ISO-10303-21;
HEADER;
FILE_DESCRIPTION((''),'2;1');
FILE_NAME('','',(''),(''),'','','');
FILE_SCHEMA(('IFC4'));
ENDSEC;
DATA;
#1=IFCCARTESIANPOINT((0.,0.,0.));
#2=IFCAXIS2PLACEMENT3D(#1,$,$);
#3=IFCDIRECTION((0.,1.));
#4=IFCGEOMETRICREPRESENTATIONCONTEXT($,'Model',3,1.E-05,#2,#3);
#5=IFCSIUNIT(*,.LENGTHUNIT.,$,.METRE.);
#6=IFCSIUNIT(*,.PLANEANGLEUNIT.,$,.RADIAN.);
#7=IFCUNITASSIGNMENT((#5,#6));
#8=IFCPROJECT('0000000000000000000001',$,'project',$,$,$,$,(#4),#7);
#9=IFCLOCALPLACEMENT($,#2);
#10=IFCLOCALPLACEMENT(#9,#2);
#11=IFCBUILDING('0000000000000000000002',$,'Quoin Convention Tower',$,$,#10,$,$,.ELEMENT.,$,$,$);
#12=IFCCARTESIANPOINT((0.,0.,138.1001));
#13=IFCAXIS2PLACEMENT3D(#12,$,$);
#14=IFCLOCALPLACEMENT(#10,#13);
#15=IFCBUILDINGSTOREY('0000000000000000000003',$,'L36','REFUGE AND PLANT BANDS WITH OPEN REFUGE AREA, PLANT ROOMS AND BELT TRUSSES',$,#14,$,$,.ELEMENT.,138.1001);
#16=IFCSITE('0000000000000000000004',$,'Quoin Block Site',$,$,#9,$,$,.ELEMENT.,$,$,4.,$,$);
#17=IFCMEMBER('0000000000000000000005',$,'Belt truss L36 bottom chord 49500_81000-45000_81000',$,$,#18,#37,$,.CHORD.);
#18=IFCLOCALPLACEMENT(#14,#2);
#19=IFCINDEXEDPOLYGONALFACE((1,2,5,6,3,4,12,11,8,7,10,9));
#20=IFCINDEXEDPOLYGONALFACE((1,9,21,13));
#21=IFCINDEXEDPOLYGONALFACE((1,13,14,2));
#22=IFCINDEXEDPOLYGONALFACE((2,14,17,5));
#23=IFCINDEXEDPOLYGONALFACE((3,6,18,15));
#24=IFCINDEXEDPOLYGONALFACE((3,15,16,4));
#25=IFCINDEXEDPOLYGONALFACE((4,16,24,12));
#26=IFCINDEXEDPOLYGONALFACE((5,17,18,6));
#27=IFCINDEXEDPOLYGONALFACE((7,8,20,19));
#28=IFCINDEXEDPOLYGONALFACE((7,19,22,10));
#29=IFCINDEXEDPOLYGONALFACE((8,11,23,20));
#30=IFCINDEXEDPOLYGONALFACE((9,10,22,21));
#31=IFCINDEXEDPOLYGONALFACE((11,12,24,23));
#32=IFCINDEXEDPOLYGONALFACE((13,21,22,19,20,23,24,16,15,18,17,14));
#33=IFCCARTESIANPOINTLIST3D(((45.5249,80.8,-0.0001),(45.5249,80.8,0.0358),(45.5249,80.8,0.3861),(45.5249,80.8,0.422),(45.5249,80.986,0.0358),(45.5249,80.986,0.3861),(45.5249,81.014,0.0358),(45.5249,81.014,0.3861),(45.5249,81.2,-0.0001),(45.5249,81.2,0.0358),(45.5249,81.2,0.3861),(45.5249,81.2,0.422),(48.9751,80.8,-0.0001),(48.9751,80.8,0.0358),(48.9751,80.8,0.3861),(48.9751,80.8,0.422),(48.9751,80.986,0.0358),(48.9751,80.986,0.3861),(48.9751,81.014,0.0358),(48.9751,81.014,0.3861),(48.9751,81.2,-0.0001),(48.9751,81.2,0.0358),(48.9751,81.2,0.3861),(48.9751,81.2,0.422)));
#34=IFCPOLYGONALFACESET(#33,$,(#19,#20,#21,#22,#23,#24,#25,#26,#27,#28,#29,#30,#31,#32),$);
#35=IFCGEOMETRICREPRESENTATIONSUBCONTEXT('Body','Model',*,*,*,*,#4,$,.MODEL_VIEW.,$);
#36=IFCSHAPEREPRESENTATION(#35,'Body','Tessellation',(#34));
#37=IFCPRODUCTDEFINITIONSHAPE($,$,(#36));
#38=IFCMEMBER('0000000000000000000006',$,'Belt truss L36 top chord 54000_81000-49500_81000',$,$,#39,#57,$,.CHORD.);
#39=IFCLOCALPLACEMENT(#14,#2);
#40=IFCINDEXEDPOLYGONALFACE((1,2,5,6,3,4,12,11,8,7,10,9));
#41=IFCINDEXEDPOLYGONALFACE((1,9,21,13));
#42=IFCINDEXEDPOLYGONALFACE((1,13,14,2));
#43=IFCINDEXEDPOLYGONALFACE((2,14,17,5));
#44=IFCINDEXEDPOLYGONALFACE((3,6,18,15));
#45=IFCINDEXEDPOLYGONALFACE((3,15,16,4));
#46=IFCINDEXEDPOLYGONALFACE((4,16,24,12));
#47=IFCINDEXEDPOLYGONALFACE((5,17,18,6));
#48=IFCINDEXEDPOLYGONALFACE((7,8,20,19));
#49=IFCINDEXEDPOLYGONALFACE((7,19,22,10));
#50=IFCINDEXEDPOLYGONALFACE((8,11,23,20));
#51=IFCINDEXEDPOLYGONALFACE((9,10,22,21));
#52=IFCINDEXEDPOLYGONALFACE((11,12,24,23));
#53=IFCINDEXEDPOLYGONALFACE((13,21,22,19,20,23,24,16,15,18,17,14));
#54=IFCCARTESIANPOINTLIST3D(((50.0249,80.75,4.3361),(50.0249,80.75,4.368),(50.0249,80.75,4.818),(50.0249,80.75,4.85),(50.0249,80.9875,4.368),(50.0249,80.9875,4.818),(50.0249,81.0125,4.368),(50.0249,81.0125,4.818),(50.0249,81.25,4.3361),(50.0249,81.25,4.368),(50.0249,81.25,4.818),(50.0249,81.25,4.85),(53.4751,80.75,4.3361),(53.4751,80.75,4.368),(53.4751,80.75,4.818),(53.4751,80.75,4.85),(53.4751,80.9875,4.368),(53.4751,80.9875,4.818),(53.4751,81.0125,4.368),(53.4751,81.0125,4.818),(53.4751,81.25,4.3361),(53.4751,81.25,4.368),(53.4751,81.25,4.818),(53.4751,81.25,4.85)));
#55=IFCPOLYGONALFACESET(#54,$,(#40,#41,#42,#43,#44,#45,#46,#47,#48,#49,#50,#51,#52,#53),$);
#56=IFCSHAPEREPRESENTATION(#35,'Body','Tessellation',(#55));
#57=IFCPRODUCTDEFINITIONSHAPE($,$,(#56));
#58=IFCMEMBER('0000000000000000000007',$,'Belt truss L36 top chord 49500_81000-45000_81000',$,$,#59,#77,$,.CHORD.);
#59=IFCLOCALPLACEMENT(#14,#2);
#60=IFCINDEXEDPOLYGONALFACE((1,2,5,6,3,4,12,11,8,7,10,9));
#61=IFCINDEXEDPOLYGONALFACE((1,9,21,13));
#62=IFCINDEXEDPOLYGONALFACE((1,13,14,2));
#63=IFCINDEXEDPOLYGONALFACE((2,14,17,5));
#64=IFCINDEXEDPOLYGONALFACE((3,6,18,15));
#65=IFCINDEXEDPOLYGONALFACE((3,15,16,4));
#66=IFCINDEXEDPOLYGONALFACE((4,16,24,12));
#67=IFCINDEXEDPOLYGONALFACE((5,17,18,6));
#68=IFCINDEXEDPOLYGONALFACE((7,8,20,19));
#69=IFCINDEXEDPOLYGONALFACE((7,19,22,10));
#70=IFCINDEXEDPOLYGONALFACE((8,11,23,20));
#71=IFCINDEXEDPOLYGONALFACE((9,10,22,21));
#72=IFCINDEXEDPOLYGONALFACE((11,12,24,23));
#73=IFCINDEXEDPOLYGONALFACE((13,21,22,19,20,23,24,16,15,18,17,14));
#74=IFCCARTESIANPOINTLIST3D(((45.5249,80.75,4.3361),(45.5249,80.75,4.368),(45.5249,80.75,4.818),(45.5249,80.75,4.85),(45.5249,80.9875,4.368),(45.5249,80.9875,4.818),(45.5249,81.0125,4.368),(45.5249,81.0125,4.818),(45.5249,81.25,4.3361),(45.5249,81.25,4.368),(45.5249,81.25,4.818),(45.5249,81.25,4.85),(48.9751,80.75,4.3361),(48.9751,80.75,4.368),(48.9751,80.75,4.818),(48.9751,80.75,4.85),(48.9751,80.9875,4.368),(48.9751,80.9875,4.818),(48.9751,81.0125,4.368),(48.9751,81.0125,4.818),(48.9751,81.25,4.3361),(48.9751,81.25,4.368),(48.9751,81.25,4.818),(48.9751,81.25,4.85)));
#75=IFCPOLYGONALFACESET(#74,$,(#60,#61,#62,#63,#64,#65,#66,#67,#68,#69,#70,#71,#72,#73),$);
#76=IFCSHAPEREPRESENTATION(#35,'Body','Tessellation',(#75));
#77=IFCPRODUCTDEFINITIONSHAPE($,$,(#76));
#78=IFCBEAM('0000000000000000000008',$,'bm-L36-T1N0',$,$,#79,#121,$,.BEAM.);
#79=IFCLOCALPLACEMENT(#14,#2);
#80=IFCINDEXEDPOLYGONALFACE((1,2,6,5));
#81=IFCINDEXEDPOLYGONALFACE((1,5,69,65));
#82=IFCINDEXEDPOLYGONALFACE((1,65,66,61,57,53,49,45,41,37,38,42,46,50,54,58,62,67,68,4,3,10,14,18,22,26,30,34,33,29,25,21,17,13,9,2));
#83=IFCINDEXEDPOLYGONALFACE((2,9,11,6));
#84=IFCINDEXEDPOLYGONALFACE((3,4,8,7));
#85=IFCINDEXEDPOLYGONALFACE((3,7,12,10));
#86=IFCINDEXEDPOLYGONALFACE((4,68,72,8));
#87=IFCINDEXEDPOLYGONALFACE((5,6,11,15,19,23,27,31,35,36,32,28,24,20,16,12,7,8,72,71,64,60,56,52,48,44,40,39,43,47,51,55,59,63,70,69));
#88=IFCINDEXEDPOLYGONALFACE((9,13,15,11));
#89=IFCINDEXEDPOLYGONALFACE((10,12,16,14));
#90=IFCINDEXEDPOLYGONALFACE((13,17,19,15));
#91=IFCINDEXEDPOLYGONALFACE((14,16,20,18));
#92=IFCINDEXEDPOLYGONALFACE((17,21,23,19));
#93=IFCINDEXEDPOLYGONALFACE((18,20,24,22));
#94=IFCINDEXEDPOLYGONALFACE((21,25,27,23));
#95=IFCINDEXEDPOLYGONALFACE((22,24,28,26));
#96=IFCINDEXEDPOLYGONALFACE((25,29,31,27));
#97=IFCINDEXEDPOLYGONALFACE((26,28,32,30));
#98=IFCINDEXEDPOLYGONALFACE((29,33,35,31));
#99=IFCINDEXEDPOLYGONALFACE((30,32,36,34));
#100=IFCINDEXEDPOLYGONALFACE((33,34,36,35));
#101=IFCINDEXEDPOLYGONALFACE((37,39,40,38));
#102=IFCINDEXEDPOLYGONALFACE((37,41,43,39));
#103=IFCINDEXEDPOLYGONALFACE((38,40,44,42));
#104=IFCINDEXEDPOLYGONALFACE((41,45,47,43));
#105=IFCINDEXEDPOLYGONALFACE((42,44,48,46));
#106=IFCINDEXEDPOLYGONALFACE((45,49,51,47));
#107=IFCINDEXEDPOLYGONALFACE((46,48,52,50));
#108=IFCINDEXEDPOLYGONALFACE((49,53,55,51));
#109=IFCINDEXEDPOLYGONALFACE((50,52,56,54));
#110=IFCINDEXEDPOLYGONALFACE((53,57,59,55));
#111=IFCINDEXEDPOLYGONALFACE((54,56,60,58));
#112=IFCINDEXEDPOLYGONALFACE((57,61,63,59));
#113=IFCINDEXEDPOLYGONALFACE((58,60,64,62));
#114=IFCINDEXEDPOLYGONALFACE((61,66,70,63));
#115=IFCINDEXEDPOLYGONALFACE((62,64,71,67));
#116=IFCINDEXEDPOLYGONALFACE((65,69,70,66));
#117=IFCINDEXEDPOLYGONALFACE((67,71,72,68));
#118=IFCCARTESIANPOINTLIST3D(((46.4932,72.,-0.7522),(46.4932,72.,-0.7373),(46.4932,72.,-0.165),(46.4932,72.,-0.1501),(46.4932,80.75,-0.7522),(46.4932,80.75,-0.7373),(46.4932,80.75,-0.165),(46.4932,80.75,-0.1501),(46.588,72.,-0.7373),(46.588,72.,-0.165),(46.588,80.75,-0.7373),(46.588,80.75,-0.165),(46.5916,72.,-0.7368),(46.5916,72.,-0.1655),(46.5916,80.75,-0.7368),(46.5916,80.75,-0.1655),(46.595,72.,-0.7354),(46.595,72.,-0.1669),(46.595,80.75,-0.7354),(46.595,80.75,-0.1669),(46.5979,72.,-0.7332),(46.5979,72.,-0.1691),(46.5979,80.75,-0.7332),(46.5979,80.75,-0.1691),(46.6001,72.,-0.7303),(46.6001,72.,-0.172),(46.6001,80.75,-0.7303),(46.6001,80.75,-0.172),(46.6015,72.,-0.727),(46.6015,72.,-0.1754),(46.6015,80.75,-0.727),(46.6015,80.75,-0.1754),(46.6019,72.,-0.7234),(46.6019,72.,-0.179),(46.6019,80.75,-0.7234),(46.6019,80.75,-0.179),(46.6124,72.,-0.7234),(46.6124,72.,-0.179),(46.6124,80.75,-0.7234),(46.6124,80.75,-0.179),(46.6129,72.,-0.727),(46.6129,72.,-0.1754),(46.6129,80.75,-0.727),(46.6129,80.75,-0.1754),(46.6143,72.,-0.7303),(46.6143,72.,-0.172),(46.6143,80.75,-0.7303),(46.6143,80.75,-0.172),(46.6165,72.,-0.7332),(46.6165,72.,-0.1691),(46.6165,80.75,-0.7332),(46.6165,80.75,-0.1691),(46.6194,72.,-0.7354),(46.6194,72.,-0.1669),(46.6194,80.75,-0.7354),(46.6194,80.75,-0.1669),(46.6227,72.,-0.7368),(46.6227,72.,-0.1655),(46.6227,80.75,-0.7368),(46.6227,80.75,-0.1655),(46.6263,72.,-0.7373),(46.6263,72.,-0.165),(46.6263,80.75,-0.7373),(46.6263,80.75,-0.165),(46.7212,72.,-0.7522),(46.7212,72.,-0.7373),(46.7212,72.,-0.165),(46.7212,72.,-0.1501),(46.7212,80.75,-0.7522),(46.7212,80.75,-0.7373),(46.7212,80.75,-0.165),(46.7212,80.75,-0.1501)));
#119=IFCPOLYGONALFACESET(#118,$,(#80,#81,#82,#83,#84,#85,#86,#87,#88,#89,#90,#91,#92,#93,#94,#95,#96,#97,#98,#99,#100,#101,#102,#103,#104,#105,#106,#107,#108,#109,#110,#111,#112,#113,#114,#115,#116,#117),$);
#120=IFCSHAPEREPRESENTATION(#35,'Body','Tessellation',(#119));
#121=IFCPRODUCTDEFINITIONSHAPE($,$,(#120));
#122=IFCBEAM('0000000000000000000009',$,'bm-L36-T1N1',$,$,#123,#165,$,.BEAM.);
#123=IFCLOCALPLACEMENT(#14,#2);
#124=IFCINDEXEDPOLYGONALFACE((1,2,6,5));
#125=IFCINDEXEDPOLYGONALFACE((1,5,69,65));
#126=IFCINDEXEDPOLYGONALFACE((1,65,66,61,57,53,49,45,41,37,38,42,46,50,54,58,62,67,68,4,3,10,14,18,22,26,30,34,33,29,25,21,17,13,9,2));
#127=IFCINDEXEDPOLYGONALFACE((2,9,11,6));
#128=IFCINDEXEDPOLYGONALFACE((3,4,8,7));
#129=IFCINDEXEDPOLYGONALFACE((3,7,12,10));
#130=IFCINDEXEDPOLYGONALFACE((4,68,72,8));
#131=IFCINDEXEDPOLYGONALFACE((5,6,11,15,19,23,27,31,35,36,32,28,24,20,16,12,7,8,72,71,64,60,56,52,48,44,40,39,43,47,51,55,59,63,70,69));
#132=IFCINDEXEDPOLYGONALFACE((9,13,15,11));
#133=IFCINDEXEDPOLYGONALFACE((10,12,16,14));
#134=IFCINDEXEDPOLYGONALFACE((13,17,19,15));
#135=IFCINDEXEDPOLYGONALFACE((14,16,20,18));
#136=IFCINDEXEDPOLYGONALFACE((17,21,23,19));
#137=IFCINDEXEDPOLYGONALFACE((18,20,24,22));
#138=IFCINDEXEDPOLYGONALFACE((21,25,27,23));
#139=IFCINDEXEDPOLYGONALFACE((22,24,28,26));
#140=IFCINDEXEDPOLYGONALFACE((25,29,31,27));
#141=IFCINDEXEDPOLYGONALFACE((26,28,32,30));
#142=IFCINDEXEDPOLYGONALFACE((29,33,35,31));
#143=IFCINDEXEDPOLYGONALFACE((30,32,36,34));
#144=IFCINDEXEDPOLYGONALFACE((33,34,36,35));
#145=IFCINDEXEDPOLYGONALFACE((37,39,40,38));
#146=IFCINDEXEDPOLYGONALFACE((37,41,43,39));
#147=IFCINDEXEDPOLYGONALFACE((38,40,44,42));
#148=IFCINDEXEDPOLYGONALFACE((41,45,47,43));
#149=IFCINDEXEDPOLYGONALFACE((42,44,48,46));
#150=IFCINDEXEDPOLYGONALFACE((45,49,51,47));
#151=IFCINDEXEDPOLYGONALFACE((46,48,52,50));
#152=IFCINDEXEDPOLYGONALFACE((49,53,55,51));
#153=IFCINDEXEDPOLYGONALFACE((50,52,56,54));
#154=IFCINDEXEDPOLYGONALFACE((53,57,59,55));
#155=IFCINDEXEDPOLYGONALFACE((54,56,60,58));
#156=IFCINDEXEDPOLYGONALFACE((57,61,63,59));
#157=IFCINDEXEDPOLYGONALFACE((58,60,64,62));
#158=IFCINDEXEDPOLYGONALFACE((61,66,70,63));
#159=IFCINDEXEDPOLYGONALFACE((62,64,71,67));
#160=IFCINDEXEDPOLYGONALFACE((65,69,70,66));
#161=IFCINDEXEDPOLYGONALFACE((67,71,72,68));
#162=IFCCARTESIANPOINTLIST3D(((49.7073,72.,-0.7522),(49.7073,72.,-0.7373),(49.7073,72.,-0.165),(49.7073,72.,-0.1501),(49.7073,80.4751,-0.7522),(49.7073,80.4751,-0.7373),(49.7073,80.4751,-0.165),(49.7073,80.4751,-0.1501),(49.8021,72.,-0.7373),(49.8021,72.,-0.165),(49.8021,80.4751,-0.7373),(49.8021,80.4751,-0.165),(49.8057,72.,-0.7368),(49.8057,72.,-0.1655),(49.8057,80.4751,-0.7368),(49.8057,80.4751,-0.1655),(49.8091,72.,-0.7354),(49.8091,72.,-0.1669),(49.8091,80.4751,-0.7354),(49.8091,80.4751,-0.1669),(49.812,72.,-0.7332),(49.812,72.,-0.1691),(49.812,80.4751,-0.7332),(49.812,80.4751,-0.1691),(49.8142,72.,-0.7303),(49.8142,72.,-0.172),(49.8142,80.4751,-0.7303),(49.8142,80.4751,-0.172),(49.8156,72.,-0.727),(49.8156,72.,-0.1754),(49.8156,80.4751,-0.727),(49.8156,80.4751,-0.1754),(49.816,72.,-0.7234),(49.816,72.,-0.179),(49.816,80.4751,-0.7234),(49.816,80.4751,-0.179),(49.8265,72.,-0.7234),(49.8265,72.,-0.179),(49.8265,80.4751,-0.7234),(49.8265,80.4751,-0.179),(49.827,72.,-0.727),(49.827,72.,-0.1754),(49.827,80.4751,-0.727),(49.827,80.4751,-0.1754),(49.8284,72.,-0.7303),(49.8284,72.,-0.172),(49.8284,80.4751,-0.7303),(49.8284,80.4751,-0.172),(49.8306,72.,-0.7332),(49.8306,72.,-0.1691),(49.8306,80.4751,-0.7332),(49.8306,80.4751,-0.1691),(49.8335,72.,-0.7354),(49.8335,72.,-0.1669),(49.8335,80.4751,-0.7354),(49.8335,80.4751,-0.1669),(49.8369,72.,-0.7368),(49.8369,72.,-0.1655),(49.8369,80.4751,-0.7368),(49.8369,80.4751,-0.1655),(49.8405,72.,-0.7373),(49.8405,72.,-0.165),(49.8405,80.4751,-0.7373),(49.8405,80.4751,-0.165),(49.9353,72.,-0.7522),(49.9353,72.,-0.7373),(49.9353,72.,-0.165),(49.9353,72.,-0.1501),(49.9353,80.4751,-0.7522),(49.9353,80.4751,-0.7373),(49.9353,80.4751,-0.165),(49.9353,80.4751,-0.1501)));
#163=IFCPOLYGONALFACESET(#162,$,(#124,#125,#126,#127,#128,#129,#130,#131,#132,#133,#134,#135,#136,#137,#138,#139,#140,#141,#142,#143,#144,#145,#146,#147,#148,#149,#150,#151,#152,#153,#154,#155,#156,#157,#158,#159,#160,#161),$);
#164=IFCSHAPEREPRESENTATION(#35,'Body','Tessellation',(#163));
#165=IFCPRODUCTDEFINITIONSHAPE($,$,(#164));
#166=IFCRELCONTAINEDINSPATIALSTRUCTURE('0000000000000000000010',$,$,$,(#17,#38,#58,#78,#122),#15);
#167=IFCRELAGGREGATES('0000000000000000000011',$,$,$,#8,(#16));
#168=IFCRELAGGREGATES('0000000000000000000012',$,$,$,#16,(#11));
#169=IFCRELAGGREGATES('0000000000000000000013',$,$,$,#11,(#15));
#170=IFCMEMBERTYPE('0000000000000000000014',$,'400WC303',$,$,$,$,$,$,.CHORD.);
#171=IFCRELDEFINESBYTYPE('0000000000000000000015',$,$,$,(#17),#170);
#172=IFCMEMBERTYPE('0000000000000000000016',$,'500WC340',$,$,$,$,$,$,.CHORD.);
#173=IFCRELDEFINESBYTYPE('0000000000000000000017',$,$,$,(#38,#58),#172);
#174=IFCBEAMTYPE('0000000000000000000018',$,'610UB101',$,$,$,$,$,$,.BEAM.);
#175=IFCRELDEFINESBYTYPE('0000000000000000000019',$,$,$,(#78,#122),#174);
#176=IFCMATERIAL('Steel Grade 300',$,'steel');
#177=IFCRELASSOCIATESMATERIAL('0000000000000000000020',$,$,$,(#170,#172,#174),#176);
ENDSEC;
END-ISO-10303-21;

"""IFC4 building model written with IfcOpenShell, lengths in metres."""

from ifc_helpers import new_model, si_unit, direction, frame, origin, origin_2d, place, context, subcontext, project, spatial, i_section, extrude, material, material_profile, profile_set, type_object, element, save


model = new_model("IFC4")

# Units and contexts
model_context = context("Model", 3, precision=1e-05, world=origin(), true_north=direction((0.0, 1.0)))
body_context = subcontext(model_context, "Body", "Model", "MODEL_VIEW")
ifc_project = project(units=[si_unit("LENGTHUNIT", "METRE"), si_unit("PLANEANGLEUNIT", "RADIAN")], contexts=[model_context])

# Site, building, storey
site_placement = place(None, origin())
site = spatial("IfcSite", under=ifc_project, at=site_placement, Name="Quoin Block Site", CompositionType="ELEMENT", RefElevation=4.0)
building_placement = place(site_placement, origin())
building = spatial("IfcBuilding", under=site, at=building_placement, Name="Quoin Convention Tower", CompositionType="ELEMENT")
storey_placement = place(building_placement, frame((0.0, 0.0, 138.1001)))
storey = spatial("IfcBuildingStorey", under=building, at=storey_placement, Name="L36", Description="REFUGE AND PLANT BANDS WITH OPEN REFUGE AREA, PLANT ROOMS AND BELT TRUSSES", CompositionType="ELEMENT", Elevation=138.1001)

# Members
ifc_material_1 = material(Name="Steel Grade 300", Category="steel")
ifc_material_profile_1 = material_profile(ifc_material_1, i_section(OverallWidth=0.3999, OverallDepth=0.4221, WebThickness=0.0281, FlangeThickness=0.0359, at=origin_2d()), Name="400WC303")
ifc_profile_set_1 = profile_set([ifc_material_profile_1], Name="Steel Grade 300")
member_type_1 = type_object("IfcMemberType", Name="400WC303", PredefinedType="CHORD", material=ifc_profile_set_1)
for number, where, z_axis, x_axis, name in (
    (1, (48.9751, 81.0, 0.2109), (-1.0, 0.0, 0.0), (0.0, -1.0, 0.0), "Belt truss L36 bottom chord 49500_81000-45000_81000"),
):
    element("IfcMember", number, at=place(storey_placement, frame(where, z_axis=z_axis, x_axis=x_axis)), inside=storey, type_object=member_type_1, Name=name, PredefinedType="CHORD", context=body_context, shape_type="SweptSolid", body=[
        extrude(i_section(OverallWidth=0.3999, OverallDepth=0.4221, WebThickness=0.0281, FlangeThickness=0.0359, at=origin_2d()), origin(), (0.0, 0.0, 1.0), 3.4502),
    ])
ifc_material_profile_2 = material_profile(ifc_material_1, i_section(OverallWidth=0.5, OverallDepth=0.5139, WebThickness=0.0249, FlangeThickness=0.032, at=origin_2d()), Name="500WC340")
ifc_profile_set_2 = profile_set([ifc_material_profile_2], Name="Steel Grade 300")
member_type_2 = type_object("IfcMemberType", Name="500WC340", PredefinedType="CHORD", material=ifc_profile_set_2)
for number, where, z_axis, x_axis, name in (
    (2, (53.4751, 81.0, 4.593), (-1.0, 0.0, 0.0), (0.0, -1.0, 0.0), "Belt truss L36 top chord 54000_81000-49500_81000"),
    (3, (48.9751, 81.0, 4.593), (-1.0, 0.0, 0.0), (0.0, -1.0, 0.0), "Belt truss L36 top chord 49500_81000-45000_81000"),
):
    element("IfcMember", number, at=place(storey_placement, frame(where, z_axis=z_axis, x_axis=x_axis)), inside=storey, type_object=member_type_2, Name=name, PredefinedType="CHORD", context=body_context, shape_type="SweptSolid", body=[
        extrude(i_section(OverallWidth=0.5, OverallDepth=0.5139, WebThickness=0.0249, FlangeThickness=0.032, at=origin_2d()), origin(), (0.0, 0.0, 1.0), 3.4502),
    ])

# Beams
ifc_material_profile_3 = material_profile(ifc_material_1, i_section(OverallWidth=0.228, OverallDepth=0.6021, WebThickness=0.0105, FlangeThickness=0.0149, FilletRadius=0.0139, at=origin_2d()), Name="610UB101")
ifc_profile_set_3 = profile_set([ifc_material_profile_3], Name="Steel Grade 300")
beam_type_1 = type_object("IfcBeamType", Name="610UB101", PredefinedType="BEAM", material=ifc_profile_set_3)
beam_1_placement = place(storey_placement, frame((46.6072, 72.0, -0.4512), z_axis=(0.0, 1.0, 0.0), x_axis=(-1.0, 0.0, 0.0)))
element("IfcBeam", 4, at=beam_1_placement, inside=storey, type_object=beam_type_1, Name="bm-L36-T1N0", PredefinedType="BEAM", context=body_context, shape_type="SweptSolid", body=[
    extrude(i_section(OverallWidth=0.228, OverallDepth=0.6021, WebThickness=0.0105, FlangeThickness=0.0149, FilletRadius=0.0139, at=origin_2d()), origin(), (0.0, 0.0, 1.0), 8.75),
])
beam_2_placement = place(storey_placement, frame((49.8213, 72.0, -0.4512), z_axis=(0.0, 1.0, 0.0), x_axis=(-1.0, 0.0, 0.0)))
element("IfcBeam", 5, at=beam_2_placement, inside=storey, type_object=beam_type_1, Name="bm-L36-T1N1", PredefinedType="BEAM", context=body_context, shape_type="SweptSolid", body=[
    extrude(i_section(OverallWidth=0.228, OverallDepth=0.6021, WebThickness=0.0105, FlangeThickness=0.0149, FilletRadius=0.0139, at=origin_2d()), origin(), (0.0, 0.0, 1.0), 8.4751),
])

save(model, "model.ifc")
